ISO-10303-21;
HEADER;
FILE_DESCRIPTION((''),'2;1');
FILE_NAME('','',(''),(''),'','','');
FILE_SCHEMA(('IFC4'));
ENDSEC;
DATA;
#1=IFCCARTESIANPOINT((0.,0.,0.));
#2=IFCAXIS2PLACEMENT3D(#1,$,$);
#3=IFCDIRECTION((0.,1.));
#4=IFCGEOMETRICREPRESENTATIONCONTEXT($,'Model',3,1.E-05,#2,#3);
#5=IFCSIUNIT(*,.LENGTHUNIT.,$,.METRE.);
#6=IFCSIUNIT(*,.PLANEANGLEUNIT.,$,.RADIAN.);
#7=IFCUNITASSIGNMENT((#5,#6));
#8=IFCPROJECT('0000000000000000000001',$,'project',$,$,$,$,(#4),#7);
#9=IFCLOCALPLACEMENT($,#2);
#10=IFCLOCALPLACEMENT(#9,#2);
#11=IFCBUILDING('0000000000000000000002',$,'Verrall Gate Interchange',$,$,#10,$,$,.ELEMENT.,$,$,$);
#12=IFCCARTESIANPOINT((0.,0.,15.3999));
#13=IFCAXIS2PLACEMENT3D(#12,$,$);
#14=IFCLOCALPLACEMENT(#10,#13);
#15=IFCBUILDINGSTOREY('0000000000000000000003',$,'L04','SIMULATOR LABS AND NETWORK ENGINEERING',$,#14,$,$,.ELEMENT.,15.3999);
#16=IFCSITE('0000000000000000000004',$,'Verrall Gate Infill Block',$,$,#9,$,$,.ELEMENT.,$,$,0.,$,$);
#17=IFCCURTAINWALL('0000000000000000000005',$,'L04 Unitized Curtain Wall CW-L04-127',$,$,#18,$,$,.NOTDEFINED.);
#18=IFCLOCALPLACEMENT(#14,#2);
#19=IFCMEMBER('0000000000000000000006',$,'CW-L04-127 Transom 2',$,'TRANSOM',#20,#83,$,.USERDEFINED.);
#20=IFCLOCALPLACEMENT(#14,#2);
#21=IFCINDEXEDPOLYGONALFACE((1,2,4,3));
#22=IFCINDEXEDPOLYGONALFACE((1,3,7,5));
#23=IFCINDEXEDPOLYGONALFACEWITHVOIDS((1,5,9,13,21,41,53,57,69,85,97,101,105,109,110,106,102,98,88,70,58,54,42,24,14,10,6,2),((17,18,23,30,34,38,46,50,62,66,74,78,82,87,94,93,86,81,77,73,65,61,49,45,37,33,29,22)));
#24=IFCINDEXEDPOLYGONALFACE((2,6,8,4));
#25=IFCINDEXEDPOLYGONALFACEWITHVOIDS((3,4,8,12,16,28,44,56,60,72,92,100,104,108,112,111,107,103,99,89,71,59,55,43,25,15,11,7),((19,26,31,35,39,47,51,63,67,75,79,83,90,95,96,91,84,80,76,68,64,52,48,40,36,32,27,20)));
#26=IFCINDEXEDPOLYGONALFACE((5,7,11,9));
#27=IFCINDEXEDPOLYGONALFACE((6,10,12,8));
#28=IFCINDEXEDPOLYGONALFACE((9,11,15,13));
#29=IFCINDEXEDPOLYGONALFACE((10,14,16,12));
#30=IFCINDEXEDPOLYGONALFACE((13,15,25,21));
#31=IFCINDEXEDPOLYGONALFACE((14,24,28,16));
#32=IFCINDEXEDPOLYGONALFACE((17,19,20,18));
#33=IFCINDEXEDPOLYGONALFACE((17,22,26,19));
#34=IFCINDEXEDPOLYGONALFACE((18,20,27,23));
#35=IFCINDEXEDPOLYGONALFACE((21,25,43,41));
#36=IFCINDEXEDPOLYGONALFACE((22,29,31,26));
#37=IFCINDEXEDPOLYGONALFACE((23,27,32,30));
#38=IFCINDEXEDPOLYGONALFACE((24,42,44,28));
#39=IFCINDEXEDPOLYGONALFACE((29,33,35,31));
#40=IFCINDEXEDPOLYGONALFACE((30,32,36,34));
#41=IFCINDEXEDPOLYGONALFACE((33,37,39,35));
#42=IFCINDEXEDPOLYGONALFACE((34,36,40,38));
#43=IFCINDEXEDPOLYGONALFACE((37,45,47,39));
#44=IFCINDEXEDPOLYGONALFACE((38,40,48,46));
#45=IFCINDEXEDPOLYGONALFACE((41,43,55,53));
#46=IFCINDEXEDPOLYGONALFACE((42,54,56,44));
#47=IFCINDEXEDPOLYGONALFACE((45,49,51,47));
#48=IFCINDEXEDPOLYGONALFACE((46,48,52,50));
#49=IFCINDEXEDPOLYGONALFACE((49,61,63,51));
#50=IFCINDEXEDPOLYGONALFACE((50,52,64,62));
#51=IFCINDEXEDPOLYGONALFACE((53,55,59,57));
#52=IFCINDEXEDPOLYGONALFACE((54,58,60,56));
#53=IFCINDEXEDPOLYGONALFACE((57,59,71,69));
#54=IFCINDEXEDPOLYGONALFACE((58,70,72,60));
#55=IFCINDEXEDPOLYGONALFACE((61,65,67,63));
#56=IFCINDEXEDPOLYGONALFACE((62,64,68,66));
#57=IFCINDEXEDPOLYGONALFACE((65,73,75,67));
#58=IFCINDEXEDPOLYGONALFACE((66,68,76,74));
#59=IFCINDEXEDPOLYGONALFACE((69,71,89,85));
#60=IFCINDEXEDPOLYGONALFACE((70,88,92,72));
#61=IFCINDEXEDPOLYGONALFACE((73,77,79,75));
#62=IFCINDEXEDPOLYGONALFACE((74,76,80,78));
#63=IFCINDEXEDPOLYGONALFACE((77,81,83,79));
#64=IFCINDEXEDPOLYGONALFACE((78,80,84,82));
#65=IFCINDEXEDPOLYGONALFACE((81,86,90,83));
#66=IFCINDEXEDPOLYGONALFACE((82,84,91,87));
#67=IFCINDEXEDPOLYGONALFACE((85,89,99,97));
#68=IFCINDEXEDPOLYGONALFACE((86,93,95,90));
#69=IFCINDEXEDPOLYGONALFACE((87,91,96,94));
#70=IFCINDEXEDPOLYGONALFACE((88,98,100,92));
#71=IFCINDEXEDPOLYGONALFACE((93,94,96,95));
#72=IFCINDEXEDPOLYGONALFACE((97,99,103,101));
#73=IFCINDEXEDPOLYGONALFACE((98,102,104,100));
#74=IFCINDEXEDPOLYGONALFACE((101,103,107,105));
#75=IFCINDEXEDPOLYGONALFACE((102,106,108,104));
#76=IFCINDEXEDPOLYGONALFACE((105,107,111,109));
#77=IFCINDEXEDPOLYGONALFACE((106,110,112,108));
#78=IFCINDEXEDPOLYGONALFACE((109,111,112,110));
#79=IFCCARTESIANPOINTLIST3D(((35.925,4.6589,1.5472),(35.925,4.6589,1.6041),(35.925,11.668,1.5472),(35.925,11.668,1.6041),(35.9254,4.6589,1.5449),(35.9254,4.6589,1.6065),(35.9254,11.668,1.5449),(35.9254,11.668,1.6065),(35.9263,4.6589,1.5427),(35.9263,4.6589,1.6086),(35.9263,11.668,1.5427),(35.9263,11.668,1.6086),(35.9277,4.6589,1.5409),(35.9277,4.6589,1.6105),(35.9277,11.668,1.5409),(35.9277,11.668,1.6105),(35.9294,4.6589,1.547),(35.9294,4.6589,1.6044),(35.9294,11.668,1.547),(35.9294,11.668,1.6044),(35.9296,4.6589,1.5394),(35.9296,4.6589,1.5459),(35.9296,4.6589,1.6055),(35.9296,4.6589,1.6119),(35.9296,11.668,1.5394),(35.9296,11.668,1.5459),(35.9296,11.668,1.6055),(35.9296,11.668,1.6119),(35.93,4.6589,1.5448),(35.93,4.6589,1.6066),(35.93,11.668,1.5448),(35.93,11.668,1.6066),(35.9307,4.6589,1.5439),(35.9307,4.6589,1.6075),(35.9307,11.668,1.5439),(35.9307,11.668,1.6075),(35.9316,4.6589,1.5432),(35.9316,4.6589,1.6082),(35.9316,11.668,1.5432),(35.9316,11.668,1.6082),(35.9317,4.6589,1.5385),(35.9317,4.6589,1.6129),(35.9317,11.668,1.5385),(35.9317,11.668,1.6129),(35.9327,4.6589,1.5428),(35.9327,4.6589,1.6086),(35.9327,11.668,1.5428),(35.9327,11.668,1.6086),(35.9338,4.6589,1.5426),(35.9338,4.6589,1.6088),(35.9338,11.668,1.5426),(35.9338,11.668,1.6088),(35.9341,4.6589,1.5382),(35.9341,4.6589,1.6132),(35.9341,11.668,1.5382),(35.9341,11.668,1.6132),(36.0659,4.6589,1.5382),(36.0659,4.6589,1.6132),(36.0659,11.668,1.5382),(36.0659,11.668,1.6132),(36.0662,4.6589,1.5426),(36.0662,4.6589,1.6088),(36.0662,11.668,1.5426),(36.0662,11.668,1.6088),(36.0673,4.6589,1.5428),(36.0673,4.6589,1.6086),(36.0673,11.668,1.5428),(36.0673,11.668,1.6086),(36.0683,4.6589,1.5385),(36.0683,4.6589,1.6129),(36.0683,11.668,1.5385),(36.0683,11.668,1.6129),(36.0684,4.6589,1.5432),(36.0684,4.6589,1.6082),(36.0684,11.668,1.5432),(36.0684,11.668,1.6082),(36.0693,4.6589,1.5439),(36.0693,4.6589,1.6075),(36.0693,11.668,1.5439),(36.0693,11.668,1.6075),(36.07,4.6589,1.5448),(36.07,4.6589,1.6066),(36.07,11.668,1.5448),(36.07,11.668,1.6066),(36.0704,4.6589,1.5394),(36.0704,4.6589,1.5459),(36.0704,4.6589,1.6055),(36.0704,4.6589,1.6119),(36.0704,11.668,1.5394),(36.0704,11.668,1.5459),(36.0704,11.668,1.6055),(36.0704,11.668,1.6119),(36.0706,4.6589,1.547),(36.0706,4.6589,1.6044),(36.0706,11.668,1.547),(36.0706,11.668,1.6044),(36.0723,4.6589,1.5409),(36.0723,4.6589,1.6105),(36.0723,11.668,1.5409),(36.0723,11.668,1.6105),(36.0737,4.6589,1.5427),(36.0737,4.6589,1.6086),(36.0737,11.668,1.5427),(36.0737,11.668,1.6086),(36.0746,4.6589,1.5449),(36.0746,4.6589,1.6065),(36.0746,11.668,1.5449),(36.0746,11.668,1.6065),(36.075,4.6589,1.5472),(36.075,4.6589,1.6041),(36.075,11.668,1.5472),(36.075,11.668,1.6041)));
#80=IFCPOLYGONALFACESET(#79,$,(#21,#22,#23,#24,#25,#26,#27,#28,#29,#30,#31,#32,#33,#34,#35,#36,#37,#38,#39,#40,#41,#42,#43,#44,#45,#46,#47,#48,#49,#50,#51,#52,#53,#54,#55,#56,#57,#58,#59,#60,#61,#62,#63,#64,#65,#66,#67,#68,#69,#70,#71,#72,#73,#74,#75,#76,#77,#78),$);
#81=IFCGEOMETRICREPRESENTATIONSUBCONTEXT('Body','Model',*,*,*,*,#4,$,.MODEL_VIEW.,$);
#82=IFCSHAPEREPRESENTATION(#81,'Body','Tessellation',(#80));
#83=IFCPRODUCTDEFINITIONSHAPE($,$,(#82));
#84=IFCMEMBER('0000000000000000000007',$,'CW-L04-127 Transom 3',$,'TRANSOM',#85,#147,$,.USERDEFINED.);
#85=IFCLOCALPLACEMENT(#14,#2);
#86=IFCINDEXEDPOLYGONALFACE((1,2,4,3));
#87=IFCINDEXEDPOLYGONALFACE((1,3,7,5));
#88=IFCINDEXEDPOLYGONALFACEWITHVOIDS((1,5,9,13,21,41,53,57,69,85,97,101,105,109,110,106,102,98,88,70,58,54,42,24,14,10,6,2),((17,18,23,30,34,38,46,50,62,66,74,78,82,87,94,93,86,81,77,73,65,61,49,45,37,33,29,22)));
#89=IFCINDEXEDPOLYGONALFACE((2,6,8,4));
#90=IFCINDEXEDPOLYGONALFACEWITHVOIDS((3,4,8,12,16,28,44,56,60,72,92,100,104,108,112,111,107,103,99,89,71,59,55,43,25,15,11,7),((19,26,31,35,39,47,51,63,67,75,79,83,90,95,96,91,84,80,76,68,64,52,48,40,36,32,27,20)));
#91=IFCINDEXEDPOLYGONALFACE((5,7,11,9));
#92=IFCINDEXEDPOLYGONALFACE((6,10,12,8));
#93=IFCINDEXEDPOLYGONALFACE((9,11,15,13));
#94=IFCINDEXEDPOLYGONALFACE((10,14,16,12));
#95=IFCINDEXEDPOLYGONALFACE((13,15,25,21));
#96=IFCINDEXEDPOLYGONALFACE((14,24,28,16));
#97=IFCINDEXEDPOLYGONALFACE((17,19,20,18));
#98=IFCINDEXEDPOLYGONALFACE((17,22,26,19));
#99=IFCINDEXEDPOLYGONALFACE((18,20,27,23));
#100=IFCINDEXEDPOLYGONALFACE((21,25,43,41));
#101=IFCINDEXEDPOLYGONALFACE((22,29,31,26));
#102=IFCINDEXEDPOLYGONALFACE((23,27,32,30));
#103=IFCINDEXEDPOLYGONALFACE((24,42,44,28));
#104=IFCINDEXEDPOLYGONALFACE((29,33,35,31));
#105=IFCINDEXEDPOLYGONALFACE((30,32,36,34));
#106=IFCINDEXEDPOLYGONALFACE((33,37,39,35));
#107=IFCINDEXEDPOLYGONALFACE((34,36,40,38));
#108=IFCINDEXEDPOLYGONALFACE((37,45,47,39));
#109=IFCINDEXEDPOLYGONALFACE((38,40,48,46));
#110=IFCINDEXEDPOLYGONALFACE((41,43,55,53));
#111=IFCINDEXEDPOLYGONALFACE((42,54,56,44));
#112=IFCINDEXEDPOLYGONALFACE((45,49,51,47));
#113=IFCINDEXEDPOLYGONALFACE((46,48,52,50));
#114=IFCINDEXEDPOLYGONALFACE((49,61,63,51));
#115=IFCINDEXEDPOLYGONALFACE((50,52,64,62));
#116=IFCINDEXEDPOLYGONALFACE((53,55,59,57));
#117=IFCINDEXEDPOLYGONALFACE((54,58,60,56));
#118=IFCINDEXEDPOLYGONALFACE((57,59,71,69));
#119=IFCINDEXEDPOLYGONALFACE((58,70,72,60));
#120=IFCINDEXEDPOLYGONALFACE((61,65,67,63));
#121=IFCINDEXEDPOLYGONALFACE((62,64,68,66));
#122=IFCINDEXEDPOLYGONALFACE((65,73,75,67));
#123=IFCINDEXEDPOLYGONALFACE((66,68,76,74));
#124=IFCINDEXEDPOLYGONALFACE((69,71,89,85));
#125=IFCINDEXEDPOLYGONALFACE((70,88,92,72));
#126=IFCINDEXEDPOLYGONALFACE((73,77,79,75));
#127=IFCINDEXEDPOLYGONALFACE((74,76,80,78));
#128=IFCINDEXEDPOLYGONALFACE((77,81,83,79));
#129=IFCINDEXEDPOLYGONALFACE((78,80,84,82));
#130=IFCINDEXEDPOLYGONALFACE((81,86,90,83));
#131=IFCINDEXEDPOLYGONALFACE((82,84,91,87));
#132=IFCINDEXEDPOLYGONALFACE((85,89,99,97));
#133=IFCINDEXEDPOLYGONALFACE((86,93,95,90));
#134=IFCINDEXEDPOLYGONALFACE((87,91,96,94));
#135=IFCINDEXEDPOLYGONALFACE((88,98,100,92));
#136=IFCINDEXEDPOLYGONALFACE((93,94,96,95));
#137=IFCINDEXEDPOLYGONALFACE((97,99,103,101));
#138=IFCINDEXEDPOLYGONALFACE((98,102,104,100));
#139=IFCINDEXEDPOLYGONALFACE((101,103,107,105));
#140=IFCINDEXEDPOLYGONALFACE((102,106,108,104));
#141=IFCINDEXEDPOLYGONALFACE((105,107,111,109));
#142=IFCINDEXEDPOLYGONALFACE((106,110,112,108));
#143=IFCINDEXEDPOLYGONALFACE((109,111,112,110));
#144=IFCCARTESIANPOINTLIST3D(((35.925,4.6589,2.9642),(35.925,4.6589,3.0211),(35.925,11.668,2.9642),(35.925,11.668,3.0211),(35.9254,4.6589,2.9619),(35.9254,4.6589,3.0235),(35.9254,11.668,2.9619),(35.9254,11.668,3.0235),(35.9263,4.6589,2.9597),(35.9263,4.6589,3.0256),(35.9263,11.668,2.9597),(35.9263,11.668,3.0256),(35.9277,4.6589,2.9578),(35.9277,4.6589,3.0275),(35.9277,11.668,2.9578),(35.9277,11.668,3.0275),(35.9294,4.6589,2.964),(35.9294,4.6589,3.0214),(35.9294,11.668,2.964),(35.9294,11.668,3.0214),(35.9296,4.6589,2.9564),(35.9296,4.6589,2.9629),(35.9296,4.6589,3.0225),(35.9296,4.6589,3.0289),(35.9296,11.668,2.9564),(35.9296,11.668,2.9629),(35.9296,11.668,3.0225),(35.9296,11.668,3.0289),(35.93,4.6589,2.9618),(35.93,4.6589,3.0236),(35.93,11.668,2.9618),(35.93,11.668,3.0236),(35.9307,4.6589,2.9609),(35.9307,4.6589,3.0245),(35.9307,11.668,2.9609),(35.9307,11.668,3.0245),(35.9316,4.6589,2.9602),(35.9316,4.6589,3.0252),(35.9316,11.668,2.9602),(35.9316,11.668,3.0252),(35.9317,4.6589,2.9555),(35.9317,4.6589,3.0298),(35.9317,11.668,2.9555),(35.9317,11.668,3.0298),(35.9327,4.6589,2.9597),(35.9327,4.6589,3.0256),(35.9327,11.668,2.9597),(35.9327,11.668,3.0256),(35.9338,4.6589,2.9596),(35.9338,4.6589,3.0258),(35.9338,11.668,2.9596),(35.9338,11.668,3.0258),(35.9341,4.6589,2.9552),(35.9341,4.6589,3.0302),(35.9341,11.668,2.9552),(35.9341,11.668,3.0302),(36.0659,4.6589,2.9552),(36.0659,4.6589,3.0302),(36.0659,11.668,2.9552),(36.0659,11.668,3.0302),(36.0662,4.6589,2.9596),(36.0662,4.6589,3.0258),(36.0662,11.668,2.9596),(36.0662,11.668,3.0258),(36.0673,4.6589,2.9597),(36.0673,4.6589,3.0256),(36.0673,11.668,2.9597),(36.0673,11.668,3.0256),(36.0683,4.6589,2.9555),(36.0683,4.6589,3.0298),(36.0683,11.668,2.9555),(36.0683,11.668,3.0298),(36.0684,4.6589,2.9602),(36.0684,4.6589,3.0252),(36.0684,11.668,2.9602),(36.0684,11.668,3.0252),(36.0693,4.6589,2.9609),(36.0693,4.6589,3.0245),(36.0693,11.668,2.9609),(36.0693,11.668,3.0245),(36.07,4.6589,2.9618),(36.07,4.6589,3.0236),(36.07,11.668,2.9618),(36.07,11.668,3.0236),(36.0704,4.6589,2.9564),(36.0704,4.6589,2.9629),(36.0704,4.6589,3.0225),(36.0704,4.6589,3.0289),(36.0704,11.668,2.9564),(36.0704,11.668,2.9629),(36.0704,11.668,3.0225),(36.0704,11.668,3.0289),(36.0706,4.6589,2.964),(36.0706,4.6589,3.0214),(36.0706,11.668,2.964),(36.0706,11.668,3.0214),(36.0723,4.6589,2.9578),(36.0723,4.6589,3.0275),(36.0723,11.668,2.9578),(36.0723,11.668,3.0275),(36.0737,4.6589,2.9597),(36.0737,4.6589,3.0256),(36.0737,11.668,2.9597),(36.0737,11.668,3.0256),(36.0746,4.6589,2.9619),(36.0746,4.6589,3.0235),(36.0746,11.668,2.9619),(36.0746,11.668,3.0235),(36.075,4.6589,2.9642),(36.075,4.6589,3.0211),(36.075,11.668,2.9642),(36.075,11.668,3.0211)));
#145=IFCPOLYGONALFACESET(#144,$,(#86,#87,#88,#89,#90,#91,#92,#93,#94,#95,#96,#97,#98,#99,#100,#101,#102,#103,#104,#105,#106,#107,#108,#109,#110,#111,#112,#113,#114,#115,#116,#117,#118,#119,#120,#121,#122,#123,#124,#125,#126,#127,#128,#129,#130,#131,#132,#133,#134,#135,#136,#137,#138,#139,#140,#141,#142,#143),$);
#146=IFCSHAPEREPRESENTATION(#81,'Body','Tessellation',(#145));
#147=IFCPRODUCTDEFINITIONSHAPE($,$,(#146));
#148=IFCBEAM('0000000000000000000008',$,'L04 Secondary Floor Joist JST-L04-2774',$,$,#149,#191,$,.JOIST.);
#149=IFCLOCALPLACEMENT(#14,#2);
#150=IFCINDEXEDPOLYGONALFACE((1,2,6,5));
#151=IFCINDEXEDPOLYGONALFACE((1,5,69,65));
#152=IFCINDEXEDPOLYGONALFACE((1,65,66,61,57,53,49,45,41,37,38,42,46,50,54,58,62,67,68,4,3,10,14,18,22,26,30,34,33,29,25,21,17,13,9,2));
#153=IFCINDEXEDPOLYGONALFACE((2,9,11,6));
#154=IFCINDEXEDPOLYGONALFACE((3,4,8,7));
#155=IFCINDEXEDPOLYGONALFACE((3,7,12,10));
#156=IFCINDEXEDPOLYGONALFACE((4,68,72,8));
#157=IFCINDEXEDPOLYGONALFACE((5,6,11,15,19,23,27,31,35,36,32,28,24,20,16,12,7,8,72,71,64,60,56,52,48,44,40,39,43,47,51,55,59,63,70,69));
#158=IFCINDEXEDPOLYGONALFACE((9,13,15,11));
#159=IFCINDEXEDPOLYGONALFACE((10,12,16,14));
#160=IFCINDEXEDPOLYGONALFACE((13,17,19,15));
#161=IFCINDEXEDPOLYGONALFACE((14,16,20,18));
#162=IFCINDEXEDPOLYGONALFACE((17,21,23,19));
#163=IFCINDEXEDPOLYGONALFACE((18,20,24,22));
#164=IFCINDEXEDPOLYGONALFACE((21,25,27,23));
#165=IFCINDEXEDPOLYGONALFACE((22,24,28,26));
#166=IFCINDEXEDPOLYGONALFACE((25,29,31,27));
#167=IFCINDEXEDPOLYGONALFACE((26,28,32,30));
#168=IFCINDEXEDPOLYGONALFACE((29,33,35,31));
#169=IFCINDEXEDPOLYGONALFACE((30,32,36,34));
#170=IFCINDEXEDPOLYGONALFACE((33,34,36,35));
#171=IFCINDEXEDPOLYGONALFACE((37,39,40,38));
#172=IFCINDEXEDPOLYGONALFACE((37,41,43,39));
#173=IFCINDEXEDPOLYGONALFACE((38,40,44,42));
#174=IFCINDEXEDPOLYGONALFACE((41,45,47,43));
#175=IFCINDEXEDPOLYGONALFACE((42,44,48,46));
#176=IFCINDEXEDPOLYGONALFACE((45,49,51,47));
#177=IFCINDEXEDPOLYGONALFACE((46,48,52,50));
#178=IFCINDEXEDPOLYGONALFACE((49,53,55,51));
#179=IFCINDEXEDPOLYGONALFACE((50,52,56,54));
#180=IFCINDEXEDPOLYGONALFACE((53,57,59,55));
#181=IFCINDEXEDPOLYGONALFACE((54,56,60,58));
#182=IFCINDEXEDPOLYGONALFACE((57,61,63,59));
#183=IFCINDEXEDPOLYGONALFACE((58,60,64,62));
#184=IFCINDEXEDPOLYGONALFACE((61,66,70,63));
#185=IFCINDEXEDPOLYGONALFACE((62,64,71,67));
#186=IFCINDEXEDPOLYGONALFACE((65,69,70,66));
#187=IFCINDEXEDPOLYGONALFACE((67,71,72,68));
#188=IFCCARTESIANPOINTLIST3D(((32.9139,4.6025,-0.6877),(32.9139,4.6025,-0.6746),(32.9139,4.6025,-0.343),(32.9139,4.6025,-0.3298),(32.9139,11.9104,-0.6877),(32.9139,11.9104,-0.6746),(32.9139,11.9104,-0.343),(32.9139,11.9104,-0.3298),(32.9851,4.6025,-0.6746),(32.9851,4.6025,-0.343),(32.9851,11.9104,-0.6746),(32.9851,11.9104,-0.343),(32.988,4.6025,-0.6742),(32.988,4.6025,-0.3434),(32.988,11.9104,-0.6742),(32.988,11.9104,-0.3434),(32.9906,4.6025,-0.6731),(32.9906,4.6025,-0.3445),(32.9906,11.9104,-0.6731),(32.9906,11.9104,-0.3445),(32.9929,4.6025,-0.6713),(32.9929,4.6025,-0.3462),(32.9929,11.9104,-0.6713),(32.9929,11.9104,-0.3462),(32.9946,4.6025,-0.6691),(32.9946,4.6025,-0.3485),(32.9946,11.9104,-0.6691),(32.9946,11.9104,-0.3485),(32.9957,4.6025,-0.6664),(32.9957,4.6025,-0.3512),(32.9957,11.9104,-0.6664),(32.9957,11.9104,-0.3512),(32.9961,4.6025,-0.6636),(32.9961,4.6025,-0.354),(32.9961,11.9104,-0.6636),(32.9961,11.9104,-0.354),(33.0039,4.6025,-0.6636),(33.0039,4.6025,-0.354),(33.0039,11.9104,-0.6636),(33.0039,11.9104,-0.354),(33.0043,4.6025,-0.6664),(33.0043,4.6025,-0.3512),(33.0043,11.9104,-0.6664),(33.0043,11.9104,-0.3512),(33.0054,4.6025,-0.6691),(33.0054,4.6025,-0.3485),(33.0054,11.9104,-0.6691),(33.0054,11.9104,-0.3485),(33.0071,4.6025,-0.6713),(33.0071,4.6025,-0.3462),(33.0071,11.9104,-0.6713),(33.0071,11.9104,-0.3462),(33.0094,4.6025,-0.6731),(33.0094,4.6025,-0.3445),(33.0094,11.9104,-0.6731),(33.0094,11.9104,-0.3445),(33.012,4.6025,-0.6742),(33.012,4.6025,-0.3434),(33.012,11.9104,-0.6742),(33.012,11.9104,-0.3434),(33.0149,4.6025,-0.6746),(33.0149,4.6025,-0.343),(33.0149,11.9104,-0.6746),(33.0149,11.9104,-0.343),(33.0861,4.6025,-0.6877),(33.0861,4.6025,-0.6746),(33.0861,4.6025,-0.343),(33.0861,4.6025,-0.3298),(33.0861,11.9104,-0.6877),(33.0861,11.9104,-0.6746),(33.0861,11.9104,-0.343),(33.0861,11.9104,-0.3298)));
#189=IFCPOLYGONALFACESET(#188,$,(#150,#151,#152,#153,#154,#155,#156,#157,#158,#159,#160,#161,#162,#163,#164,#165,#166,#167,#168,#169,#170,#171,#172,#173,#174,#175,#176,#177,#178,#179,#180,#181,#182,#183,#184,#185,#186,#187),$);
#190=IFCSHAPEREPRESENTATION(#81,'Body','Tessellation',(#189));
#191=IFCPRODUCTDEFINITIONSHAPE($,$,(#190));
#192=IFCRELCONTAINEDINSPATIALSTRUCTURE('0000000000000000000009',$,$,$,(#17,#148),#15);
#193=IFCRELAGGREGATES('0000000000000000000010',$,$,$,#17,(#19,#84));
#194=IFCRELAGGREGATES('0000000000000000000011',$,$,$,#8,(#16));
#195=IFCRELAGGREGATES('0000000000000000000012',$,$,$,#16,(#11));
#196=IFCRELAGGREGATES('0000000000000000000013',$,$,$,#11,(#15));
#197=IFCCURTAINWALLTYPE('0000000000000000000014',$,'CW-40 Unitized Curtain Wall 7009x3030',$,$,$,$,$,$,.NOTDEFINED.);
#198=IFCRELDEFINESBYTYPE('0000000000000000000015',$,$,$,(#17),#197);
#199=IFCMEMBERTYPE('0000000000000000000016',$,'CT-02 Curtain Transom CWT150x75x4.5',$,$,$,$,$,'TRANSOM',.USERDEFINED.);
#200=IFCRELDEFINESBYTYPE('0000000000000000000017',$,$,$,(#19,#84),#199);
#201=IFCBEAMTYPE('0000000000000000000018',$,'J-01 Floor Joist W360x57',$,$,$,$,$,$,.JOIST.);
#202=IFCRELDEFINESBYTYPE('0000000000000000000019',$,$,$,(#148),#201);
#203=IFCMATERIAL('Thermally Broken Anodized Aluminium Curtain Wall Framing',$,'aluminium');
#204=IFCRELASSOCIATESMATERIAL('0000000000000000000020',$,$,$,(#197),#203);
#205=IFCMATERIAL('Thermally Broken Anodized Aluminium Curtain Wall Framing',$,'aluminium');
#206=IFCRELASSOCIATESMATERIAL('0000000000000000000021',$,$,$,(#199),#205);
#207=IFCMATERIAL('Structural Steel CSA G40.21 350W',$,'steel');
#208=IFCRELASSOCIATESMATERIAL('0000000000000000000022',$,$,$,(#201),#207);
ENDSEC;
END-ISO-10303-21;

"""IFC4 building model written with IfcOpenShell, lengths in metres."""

from ifc_helpers import new_model, si_unit, direction, frame, origin, origin_2d, place, context, subcontext, project, spatial, hollow_rectangle, i_section, extrude, material, material_profile, profile_set, type_object, element, aggregate, save


model = new_model("IFC4")

# Units and contexts
model_context = context("Model", 3, precision=1e-05, world=origin(), true_north=direction((0.0, 1.0)))
body_context = subcontext(model_context, "Body", "Model", "MODEL_VIEW")
ifc_project = project(units=[si_unit("LENGTHUNIT", "METRE"), si_unit("PLANEANGLEUNIT", "RADIAN")], contexts=[model_context])

# Site, building, storey
site_placement = place(None, origin())
site = spatial("IfcSite", under=ifc_project, at=site_placement, Name="Verrall Gate Infill Block", CompositionType="ELEMENT", RefElevation=0.0)
building_placement = place(site_placement, origin())
building = spatial("IfcBuilding", under=site, at=building_placement, Name="Verrall Gate Interchange", CompositionType="ELEMENT")
storey_placement = place(building_placement, frame((0.0, 0.0, 15.3999)))
storey = spatial("IfcBuildingStorey", under=building, at=storey_placement, Name="L04", Description="SIMULATOR LABS AND NETWORK ENGINEERING", CompositionType="ELEMENT", Elevation=15.3999)

# Curtain wall, members
ifc_material_1 = material(Name="Thermally Broken Anodized Aluminium Curtain Wall Framing", Category="aluminium")
curtain_wall_type = type_object("IfcCurtainWallType", Name="CW-40 Unitized Curtain Wall 7009x3030", PredefinedType="NOTDEFINED", material=ifc_material_1)
curtain_wall_placement = place(storey_placement, origin())
curtain_wall = element("IfcCurtainWall", 1, at=curtain_wall_placement, inside=storey, type_object=curtain_wall_type, Name="L04 Unitized Curtain Wall CW-L04-127", PredefinedType="NOTDEFINED")
ifc_material_2 = material(Name="Thermally Broken Anodized Aluminium Curtain Wall Framing", Category="aluminium")
ifc_material_profile_1 = material_profile(ifc_material_2, hollow_rectangle(XDim=0.1499, YDim=0.075, WallThickness=0.0044, InnerFilletRadius=0.0044, OuterFilletRadius=0.009, at=origin_2d()), Name="CWT150x75x4.5")
ifc_profile_set_1 = profile_set([ifc_material_profile_1], Name="Thermally Broken Anodized Aluminium Curtain Wall Framing")
member_type_1 = type_object("IfcMemberType", Name="CT-02 Curtain Transom CWT150x75x4.5", ElementType="TRANSOM", PredefinedType="USERDEFINED", material=ifc_profile_set_1)
member_1_placement = place(storey_placement, frame((36.0, 4.6589, 1.5757), z_axis=(0.0, 1.0, 0.0), x_axis=(-1.0, 0.0, 0.0)))
member_1 = element("IfcMember", 2, at=member_1_placement, type_object=member_type_1, Name="CW-L04-127 Transom 2", ObjectType="TRANSOM", PredefinedType="USERDEFINED", context=body_context, shape_type="SweptSolid", body=[
    extrude(hollow_rectangle(XDim=0.1499, YDim=0.075, WallThickness=0.0044, InnerFilletRadius=0.0044, OuterFilletRadius=0.009, at=origin_2d()), origin(), (0.0, 0.0, 1.0), 7.009),
])
member_2_placement = place(storey_placement, frame((36.0, 4.6589, 2.9927), z_axis=(0.0, 1.0, 0.0), x_axis=(-1.0, 0.0, 0.0)))
member_2 = element("IfcMember", 3, at=member_2_placement, type_object=member_type_1, Name="CW-L04-127 Transom 3", ObjectType="TRANSOM", PredefinedType="USERDEFINED", context=body_context, shape_type="SweptSolid", body=[
    extrude(hollow_rectangle(XDim=0.1499, YDim=0.075, WallThickness=0.0044, InnerFilletRadius=0.0044, OuterFilletRadius=0.009, at=origin_2d()), origin(), (0.0, 0.0, 1.0), 7.009),
])
aggregate(curtain_wall, [member_1, member_2])

# Beam
ifc_material_3 = material(Name="Structural Steel CSA G40.21 350W", Category="steel")
ifc_material_profile_2 = material_profile(ifc_material_3, i_section(OverallWidth=0.1721, OverallDepth=0.3579, WebThickness=0.0078, FlangeThickness=0.0132, FilletRadius=0.011, at=origin_2d()), Name="W360x57")
ifc_profile_set_2 = profile_set([ifc_material_profile_2], Name="Structural Steel CSA G40.21 350W")
beam_type_1 = type_object("IfcBeamType", Name="J-01 Floor Joist W360x57", PredefinedType="JOIST", material=ifc_profile_set_2)
beam_1_placement = place(storey_placement, frame((33.0, 4.6025, -0.5088), z_axis=(0.0, 1.0, 0.0), x_axis=(-1.0, 0.0, 0.0)))
element("IfcBeam", 4, at=beam_1_placement, inside=storey, type_object=beam_type_1, Name="L04 Secondary Floor Joist JST-L04-2774", PredefinedType="JOIST", context=body_context, shape_type="SweptSolid", body=[
    extrude(i_section(OverallWidth=0.1721, OverallDepth=0.3579, WebThickness=0.0078, FlangeThickness=0.0132, FilletRadius=0.011, at=origin_2d()), origin(), (0.0, 0.0, 1.0), 7.3079),
])

save(model, "model.ifc")
